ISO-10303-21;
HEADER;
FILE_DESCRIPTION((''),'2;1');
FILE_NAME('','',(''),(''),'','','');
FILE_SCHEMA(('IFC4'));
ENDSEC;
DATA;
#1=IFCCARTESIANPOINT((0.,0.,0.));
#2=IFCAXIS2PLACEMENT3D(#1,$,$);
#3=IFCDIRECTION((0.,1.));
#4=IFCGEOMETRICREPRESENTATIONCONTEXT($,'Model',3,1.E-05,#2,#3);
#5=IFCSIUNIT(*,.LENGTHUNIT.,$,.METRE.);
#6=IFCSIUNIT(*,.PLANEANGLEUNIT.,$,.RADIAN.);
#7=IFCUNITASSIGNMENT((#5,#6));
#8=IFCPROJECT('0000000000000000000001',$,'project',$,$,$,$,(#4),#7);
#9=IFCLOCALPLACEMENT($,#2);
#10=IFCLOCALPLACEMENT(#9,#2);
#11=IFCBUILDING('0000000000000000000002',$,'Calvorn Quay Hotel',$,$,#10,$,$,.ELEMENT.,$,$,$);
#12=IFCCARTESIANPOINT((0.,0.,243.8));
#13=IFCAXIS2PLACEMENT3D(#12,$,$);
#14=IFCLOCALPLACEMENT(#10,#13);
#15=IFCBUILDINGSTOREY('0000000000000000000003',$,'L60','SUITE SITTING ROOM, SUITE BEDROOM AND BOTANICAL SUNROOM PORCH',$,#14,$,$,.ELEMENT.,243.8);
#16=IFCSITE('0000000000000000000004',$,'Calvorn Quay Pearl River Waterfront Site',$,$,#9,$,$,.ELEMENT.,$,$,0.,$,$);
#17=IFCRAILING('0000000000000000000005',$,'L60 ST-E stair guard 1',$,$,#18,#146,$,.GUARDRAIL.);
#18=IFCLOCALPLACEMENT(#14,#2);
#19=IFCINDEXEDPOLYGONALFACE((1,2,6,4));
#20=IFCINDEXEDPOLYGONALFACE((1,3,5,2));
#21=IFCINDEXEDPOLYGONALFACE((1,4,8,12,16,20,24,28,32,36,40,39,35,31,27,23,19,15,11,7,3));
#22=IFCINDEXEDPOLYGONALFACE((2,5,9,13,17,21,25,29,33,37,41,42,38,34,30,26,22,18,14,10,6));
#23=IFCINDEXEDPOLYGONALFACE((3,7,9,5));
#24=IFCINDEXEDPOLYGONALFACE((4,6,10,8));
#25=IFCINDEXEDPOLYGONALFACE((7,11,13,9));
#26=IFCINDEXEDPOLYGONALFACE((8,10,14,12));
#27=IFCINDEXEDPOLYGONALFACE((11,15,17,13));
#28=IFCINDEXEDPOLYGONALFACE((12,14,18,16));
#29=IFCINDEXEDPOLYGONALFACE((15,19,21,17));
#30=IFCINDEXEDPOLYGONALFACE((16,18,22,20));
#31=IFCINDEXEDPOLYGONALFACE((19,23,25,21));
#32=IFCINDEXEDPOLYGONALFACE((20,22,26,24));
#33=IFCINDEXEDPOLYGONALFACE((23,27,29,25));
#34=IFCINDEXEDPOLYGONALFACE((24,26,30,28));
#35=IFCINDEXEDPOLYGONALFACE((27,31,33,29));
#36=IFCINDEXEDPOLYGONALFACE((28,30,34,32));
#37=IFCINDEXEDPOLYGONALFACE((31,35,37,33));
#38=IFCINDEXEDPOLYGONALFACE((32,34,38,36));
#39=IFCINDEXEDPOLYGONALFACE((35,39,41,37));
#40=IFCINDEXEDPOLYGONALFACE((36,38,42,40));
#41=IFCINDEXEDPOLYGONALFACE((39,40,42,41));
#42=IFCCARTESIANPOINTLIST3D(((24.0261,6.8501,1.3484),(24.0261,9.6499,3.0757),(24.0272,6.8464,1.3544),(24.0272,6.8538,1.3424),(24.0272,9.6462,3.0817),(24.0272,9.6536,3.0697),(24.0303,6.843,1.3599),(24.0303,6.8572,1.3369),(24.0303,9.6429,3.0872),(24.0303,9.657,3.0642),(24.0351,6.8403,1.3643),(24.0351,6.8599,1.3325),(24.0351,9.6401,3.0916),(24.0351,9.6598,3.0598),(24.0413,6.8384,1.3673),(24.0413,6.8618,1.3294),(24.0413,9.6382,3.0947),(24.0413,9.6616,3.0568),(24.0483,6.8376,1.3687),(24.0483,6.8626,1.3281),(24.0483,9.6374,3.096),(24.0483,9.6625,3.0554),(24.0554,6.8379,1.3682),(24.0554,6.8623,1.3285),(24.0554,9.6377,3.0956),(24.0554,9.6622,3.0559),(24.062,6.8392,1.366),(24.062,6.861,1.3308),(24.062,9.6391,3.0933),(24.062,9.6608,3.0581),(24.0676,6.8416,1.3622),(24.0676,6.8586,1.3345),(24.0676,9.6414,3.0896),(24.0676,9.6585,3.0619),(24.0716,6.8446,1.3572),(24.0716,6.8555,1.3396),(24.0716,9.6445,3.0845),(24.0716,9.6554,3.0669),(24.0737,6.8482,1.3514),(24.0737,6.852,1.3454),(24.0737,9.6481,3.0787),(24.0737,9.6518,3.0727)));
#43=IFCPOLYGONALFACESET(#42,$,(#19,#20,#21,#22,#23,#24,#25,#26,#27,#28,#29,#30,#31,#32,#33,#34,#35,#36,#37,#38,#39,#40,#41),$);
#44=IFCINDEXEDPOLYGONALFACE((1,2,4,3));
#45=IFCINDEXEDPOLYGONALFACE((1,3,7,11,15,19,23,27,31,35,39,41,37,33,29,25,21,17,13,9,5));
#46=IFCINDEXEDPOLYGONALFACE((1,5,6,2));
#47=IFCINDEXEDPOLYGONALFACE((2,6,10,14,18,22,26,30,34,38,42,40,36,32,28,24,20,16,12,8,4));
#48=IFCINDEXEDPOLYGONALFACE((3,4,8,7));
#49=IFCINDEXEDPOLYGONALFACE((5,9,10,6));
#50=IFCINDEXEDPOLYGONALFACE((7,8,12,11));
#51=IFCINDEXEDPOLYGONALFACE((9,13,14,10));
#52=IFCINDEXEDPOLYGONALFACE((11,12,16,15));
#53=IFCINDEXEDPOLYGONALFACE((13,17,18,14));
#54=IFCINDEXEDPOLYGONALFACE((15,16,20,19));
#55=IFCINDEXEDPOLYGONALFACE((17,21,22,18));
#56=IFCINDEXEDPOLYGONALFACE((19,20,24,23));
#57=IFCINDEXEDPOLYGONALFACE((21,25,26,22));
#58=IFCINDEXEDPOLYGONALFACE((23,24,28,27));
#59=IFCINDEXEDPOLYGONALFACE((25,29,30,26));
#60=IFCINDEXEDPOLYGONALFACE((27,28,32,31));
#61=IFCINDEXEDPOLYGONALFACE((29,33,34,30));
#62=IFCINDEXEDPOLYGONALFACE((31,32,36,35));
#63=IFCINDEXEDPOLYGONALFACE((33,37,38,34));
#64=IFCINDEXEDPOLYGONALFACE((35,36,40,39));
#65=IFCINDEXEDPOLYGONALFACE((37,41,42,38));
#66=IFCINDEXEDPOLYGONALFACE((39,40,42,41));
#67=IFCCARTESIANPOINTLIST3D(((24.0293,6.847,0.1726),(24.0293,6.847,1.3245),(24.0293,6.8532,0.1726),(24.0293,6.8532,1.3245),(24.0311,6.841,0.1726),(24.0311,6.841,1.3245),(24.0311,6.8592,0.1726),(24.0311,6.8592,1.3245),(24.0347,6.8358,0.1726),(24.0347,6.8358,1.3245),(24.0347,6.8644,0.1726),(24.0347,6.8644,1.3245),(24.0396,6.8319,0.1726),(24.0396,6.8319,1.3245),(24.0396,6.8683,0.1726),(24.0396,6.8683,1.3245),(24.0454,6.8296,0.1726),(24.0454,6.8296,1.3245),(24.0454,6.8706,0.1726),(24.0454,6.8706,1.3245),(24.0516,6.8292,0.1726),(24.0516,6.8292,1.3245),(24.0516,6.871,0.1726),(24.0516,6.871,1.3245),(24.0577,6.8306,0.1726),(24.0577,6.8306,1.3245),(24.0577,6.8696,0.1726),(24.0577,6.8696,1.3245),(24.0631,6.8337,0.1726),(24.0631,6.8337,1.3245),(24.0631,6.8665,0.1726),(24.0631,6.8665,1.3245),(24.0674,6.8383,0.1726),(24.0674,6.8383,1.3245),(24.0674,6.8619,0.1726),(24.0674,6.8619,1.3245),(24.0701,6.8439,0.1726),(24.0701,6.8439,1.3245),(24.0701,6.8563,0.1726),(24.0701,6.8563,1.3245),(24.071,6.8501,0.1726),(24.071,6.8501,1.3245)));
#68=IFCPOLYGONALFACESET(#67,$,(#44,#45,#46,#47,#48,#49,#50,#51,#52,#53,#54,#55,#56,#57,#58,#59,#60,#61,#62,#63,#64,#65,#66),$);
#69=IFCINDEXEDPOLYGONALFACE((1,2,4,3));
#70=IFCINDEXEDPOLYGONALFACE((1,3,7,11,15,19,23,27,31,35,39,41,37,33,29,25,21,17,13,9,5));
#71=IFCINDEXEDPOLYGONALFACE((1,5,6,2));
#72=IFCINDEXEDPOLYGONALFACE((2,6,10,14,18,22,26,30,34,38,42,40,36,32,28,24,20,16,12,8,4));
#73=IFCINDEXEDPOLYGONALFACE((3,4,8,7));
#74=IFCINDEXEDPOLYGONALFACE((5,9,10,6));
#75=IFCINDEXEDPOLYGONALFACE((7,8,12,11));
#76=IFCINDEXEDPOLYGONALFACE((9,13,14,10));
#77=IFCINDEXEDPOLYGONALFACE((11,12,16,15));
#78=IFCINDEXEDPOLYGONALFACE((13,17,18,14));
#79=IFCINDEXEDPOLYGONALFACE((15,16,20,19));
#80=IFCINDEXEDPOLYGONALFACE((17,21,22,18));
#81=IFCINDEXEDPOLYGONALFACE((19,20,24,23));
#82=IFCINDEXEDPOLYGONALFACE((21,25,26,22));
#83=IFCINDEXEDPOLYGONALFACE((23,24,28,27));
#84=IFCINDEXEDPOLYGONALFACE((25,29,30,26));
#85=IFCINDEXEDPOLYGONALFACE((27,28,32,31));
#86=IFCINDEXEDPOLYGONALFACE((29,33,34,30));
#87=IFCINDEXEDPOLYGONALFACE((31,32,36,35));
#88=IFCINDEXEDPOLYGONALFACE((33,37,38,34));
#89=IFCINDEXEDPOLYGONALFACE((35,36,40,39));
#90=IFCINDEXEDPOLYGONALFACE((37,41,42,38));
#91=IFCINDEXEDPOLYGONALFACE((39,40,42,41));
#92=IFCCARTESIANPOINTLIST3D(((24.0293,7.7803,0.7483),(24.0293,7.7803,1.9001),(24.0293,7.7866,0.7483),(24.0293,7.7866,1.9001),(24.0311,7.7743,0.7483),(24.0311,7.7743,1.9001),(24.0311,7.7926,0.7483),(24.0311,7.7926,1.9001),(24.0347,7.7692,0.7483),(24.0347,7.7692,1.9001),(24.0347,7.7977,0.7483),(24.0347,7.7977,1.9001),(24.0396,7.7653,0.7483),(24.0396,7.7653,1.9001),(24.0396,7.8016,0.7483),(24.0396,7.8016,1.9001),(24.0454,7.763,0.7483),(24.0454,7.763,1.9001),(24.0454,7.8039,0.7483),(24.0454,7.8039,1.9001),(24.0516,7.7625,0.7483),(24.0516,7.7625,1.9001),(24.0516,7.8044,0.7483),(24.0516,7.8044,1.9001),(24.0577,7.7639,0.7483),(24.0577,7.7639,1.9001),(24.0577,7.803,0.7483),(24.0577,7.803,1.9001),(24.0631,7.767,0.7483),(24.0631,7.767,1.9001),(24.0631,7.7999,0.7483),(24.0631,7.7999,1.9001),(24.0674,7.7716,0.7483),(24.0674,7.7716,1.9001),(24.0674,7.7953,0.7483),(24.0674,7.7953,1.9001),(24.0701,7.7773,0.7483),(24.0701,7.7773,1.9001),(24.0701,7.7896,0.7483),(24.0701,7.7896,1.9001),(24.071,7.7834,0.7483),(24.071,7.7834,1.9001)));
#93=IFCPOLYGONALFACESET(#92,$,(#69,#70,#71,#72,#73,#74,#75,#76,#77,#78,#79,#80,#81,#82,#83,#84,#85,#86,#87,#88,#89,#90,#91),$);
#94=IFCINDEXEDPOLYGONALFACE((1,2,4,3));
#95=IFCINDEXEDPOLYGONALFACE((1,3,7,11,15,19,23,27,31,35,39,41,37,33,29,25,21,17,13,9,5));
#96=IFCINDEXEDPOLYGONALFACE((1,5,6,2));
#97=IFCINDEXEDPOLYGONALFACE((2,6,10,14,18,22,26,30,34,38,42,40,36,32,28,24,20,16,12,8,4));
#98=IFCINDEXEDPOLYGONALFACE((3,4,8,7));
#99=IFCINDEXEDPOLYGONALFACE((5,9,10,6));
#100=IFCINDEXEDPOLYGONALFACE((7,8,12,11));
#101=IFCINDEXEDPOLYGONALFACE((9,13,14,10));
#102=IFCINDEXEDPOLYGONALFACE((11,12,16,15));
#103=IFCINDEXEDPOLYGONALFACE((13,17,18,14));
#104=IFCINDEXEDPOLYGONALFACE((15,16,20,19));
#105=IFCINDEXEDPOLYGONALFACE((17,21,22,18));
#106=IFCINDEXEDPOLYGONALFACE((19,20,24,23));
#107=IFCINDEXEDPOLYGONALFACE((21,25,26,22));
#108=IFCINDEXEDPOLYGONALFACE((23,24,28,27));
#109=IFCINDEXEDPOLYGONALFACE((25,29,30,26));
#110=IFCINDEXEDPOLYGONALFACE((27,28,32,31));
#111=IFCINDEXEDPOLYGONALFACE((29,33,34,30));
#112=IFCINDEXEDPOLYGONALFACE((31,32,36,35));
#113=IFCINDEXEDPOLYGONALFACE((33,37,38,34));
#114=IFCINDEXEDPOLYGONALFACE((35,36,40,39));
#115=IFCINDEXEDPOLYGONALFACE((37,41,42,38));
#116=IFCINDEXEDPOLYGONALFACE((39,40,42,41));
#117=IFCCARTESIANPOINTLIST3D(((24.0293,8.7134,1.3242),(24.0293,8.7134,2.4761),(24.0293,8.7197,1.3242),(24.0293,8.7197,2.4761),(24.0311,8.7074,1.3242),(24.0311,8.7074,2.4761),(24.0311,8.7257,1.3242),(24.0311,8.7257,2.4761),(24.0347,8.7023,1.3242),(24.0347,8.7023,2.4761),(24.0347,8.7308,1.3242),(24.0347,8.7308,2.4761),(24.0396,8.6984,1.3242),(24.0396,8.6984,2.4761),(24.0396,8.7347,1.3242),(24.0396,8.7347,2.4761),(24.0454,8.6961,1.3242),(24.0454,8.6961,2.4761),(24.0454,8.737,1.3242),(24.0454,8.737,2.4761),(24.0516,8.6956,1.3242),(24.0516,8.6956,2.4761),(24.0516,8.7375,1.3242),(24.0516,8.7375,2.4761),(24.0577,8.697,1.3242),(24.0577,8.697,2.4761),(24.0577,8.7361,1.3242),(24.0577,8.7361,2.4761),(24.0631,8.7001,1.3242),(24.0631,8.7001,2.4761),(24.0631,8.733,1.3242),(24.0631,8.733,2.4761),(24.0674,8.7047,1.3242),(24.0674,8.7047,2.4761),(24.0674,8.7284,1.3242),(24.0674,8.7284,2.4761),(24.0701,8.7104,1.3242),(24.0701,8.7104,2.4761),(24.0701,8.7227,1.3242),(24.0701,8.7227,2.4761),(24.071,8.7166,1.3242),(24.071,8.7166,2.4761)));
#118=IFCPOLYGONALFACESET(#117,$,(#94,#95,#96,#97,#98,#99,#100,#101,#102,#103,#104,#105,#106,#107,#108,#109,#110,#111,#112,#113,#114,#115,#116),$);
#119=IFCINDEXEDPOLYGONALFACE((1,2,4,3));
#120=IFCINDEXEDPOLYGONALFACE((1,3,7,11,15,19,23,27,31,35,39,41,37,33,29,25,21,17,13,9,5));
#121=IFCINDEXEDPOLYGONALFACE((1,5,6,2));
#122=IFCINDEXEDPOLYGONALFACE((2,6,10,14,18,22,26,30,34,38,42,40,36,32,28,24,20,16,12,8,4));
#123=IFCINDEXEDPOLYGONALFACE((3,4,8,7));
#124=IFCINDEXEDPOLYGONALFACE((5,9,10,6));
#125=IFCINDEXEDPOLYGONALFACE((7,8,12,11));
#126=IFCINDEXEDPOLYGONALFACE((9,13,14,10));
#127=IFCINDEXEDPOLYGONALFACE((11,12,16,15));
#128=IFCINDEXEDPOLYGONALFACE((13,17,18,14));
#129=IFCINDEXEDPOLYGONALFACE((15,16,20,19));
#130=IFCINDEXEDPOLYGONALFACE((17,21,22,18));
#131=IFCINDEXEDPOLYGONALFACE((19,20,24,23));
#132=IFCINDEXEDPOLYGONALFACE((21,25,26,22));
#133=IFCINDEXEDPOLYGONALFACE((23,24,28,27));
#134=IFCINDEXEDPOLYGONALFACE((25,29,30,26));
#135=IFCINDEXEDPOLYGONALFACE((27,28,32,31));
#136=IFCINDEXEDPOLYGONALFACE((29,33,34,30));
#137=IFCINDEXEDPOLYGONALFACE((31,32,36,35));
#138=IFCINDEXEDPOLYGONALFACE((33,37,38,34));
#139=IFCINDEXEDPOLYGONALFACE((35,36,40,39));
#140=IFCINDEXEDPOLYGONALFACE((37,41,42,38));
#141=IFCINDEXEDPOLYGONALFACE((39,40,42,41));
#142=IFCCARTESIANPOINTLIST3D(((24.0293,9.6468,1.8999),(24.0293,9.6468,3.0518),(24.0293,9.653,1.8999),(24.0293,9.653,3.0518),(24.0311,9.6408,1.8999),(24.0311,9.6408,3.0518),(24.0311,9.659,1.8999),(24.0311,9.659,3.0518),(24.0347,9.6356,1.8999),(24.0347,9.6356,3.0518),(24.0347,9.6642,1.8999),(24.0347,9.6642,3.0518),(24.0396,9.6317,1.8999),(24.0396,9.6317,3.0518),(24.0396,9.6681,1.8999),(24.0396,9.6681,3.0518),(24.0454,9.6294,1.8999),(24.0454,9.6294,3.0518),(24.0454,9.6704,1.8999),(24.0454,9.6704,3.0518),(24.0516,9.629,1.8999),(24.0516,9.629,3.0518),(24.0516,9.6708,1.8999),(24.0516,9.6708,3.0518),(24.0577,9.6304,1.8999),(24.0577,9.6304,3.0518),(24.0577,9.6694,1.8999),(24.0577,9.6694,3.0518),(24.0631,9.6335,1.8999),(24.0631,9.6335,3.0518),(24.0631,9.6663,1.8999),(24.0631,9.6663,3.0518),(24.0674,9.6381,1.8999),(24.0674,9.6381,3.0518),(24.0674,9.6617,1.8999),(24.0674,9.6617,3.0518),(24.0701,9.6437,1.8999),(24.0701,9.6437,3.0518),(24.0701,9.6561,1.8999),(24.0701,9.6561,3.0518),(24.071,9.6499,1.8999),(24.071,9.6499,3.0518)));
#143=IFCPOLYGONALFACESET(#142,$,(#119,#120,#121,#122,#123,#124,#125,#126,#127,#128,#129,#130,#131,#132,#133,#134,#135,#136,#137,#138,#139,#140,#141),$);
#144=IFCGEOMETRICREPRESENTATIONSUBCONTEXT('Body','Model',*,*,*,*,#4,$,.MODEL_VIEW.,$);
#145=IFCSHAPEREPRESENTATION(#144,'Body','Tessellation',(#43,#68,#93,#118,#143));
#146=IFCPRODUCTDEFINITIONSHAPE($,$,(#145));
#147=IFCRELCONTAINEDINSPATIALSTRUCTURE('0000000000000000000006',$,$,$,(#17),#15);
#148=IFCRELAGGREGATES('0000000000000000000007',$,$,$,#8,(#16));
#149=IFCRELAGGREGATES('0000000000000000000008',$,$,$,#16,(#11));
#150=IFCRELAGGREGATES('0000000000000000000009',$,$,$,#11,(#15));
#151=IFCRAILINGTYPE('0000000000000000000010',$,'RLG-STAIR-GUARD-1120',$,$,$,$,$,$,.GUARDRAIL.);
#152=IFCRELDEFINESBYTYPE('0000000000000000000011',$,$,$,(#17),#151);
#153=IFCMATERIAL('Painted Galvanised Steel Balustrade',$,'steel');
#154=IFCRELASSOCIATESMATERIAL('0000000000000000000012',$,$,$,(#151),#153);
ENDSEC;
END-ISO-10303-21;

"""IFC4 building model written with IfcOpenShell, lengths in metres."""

from ifc_helpers import new_model, si_unit, direction, frame, origin, origin_2d, place, context, subcontext, project, spatial, circle, extrude, material, type_object, element, save


model = new_model("IFC4")

# Units and contexts
model_context = context("Model", 3, precision=1e-05, world=origin(), true_north=direction((0.0, 1.0)))
body_context = subcontext(model_context, "Body", "Model", "MODEL_VIEW")
ifc_project = project(units=[si_unit("LENGTHUNIT", "METRE"), si_unit("PLANEANGLEUNIT", "RADIAN")], contexts=[model_context])

# Site, building, storey
site_placement = place(None, origin())
site = spatial("IfcSite", under=ifc_project, at=site_placement, Name="Calvorn Quay Pearl River Waterfront Site", CompositionType="ELEMENT", RefElevation=0.0)
building_placement = place(site_placement, origin())
building = spatial("IfcBuilding", under=site, at=building_placement, Name="Calvorn Quay Hotel", CompositionType="ELEMENT")
storey_placement = place(building_placement, frame((0.0, 0.0, 243.8)))
storey = spatial("IfcBuildingStorey", under=building, at=storey_placement, Name="L60", Description="SUITE SITTING ROOM, SUITE BEDROOM AND BOTANICAL SUNROOM PORCH", CompositionType="ELEMENT", Elevation=243.8)

# Railing
ifc_material_1 = material(Name="Painted Galvanised Steel Balustrade", Category="steel")
railing_type_1 = type_object("IfcRailingType", Name="RLG-STAIR-GUARD-1120", PredefinedType="GUARDRAIL", material=ifc_material_1)
railing_1_placement = place(storey_placement, frame((24.05, 6.8501, 0.1726)))
element("IfcRailing", 1, at=railing_1_placement, inside=storey, type_object=railing_type_1, Name="L60 ST-E stair guard 1", PredefinedType="GUARDRAIL", context=body_context, shape_type="SweptSolid", body=[
    extrude(circle(Radius=0.0239, at=origin_2d()), frame((0.0, 0.0, 1.1758), z_axis=(0.0, 0.851069, 0.525054), x_axis=(-1.0, 0.0, 0.0)), (0.0, 0.0, 1.0), 3.2898),
    extrude(circle(Radius=0.021, at=origin_2d()), origin(), (0.0, 0.0, 1.0), 1.1519),
    extrude(circle(Radius=0.021, at=origin_2d()), frame((0.0, 0.9333, 0.5757)), (0.0, 0.0, 1.0), 1.1519),
    extrude(circle(Radius=0.021, at=origin_2d()), frame((0.0, 1.8665, 1.1516)), (0.0, 0.0, 1.0), 1.1519),
    extrude(circle(Radius=0.021, at=origin_2d()), frame((0.0, 2.7998, 1.7273)), (0.0, 0.0, 1.0), 1.1519),
])

save(model, "model.ifc")
